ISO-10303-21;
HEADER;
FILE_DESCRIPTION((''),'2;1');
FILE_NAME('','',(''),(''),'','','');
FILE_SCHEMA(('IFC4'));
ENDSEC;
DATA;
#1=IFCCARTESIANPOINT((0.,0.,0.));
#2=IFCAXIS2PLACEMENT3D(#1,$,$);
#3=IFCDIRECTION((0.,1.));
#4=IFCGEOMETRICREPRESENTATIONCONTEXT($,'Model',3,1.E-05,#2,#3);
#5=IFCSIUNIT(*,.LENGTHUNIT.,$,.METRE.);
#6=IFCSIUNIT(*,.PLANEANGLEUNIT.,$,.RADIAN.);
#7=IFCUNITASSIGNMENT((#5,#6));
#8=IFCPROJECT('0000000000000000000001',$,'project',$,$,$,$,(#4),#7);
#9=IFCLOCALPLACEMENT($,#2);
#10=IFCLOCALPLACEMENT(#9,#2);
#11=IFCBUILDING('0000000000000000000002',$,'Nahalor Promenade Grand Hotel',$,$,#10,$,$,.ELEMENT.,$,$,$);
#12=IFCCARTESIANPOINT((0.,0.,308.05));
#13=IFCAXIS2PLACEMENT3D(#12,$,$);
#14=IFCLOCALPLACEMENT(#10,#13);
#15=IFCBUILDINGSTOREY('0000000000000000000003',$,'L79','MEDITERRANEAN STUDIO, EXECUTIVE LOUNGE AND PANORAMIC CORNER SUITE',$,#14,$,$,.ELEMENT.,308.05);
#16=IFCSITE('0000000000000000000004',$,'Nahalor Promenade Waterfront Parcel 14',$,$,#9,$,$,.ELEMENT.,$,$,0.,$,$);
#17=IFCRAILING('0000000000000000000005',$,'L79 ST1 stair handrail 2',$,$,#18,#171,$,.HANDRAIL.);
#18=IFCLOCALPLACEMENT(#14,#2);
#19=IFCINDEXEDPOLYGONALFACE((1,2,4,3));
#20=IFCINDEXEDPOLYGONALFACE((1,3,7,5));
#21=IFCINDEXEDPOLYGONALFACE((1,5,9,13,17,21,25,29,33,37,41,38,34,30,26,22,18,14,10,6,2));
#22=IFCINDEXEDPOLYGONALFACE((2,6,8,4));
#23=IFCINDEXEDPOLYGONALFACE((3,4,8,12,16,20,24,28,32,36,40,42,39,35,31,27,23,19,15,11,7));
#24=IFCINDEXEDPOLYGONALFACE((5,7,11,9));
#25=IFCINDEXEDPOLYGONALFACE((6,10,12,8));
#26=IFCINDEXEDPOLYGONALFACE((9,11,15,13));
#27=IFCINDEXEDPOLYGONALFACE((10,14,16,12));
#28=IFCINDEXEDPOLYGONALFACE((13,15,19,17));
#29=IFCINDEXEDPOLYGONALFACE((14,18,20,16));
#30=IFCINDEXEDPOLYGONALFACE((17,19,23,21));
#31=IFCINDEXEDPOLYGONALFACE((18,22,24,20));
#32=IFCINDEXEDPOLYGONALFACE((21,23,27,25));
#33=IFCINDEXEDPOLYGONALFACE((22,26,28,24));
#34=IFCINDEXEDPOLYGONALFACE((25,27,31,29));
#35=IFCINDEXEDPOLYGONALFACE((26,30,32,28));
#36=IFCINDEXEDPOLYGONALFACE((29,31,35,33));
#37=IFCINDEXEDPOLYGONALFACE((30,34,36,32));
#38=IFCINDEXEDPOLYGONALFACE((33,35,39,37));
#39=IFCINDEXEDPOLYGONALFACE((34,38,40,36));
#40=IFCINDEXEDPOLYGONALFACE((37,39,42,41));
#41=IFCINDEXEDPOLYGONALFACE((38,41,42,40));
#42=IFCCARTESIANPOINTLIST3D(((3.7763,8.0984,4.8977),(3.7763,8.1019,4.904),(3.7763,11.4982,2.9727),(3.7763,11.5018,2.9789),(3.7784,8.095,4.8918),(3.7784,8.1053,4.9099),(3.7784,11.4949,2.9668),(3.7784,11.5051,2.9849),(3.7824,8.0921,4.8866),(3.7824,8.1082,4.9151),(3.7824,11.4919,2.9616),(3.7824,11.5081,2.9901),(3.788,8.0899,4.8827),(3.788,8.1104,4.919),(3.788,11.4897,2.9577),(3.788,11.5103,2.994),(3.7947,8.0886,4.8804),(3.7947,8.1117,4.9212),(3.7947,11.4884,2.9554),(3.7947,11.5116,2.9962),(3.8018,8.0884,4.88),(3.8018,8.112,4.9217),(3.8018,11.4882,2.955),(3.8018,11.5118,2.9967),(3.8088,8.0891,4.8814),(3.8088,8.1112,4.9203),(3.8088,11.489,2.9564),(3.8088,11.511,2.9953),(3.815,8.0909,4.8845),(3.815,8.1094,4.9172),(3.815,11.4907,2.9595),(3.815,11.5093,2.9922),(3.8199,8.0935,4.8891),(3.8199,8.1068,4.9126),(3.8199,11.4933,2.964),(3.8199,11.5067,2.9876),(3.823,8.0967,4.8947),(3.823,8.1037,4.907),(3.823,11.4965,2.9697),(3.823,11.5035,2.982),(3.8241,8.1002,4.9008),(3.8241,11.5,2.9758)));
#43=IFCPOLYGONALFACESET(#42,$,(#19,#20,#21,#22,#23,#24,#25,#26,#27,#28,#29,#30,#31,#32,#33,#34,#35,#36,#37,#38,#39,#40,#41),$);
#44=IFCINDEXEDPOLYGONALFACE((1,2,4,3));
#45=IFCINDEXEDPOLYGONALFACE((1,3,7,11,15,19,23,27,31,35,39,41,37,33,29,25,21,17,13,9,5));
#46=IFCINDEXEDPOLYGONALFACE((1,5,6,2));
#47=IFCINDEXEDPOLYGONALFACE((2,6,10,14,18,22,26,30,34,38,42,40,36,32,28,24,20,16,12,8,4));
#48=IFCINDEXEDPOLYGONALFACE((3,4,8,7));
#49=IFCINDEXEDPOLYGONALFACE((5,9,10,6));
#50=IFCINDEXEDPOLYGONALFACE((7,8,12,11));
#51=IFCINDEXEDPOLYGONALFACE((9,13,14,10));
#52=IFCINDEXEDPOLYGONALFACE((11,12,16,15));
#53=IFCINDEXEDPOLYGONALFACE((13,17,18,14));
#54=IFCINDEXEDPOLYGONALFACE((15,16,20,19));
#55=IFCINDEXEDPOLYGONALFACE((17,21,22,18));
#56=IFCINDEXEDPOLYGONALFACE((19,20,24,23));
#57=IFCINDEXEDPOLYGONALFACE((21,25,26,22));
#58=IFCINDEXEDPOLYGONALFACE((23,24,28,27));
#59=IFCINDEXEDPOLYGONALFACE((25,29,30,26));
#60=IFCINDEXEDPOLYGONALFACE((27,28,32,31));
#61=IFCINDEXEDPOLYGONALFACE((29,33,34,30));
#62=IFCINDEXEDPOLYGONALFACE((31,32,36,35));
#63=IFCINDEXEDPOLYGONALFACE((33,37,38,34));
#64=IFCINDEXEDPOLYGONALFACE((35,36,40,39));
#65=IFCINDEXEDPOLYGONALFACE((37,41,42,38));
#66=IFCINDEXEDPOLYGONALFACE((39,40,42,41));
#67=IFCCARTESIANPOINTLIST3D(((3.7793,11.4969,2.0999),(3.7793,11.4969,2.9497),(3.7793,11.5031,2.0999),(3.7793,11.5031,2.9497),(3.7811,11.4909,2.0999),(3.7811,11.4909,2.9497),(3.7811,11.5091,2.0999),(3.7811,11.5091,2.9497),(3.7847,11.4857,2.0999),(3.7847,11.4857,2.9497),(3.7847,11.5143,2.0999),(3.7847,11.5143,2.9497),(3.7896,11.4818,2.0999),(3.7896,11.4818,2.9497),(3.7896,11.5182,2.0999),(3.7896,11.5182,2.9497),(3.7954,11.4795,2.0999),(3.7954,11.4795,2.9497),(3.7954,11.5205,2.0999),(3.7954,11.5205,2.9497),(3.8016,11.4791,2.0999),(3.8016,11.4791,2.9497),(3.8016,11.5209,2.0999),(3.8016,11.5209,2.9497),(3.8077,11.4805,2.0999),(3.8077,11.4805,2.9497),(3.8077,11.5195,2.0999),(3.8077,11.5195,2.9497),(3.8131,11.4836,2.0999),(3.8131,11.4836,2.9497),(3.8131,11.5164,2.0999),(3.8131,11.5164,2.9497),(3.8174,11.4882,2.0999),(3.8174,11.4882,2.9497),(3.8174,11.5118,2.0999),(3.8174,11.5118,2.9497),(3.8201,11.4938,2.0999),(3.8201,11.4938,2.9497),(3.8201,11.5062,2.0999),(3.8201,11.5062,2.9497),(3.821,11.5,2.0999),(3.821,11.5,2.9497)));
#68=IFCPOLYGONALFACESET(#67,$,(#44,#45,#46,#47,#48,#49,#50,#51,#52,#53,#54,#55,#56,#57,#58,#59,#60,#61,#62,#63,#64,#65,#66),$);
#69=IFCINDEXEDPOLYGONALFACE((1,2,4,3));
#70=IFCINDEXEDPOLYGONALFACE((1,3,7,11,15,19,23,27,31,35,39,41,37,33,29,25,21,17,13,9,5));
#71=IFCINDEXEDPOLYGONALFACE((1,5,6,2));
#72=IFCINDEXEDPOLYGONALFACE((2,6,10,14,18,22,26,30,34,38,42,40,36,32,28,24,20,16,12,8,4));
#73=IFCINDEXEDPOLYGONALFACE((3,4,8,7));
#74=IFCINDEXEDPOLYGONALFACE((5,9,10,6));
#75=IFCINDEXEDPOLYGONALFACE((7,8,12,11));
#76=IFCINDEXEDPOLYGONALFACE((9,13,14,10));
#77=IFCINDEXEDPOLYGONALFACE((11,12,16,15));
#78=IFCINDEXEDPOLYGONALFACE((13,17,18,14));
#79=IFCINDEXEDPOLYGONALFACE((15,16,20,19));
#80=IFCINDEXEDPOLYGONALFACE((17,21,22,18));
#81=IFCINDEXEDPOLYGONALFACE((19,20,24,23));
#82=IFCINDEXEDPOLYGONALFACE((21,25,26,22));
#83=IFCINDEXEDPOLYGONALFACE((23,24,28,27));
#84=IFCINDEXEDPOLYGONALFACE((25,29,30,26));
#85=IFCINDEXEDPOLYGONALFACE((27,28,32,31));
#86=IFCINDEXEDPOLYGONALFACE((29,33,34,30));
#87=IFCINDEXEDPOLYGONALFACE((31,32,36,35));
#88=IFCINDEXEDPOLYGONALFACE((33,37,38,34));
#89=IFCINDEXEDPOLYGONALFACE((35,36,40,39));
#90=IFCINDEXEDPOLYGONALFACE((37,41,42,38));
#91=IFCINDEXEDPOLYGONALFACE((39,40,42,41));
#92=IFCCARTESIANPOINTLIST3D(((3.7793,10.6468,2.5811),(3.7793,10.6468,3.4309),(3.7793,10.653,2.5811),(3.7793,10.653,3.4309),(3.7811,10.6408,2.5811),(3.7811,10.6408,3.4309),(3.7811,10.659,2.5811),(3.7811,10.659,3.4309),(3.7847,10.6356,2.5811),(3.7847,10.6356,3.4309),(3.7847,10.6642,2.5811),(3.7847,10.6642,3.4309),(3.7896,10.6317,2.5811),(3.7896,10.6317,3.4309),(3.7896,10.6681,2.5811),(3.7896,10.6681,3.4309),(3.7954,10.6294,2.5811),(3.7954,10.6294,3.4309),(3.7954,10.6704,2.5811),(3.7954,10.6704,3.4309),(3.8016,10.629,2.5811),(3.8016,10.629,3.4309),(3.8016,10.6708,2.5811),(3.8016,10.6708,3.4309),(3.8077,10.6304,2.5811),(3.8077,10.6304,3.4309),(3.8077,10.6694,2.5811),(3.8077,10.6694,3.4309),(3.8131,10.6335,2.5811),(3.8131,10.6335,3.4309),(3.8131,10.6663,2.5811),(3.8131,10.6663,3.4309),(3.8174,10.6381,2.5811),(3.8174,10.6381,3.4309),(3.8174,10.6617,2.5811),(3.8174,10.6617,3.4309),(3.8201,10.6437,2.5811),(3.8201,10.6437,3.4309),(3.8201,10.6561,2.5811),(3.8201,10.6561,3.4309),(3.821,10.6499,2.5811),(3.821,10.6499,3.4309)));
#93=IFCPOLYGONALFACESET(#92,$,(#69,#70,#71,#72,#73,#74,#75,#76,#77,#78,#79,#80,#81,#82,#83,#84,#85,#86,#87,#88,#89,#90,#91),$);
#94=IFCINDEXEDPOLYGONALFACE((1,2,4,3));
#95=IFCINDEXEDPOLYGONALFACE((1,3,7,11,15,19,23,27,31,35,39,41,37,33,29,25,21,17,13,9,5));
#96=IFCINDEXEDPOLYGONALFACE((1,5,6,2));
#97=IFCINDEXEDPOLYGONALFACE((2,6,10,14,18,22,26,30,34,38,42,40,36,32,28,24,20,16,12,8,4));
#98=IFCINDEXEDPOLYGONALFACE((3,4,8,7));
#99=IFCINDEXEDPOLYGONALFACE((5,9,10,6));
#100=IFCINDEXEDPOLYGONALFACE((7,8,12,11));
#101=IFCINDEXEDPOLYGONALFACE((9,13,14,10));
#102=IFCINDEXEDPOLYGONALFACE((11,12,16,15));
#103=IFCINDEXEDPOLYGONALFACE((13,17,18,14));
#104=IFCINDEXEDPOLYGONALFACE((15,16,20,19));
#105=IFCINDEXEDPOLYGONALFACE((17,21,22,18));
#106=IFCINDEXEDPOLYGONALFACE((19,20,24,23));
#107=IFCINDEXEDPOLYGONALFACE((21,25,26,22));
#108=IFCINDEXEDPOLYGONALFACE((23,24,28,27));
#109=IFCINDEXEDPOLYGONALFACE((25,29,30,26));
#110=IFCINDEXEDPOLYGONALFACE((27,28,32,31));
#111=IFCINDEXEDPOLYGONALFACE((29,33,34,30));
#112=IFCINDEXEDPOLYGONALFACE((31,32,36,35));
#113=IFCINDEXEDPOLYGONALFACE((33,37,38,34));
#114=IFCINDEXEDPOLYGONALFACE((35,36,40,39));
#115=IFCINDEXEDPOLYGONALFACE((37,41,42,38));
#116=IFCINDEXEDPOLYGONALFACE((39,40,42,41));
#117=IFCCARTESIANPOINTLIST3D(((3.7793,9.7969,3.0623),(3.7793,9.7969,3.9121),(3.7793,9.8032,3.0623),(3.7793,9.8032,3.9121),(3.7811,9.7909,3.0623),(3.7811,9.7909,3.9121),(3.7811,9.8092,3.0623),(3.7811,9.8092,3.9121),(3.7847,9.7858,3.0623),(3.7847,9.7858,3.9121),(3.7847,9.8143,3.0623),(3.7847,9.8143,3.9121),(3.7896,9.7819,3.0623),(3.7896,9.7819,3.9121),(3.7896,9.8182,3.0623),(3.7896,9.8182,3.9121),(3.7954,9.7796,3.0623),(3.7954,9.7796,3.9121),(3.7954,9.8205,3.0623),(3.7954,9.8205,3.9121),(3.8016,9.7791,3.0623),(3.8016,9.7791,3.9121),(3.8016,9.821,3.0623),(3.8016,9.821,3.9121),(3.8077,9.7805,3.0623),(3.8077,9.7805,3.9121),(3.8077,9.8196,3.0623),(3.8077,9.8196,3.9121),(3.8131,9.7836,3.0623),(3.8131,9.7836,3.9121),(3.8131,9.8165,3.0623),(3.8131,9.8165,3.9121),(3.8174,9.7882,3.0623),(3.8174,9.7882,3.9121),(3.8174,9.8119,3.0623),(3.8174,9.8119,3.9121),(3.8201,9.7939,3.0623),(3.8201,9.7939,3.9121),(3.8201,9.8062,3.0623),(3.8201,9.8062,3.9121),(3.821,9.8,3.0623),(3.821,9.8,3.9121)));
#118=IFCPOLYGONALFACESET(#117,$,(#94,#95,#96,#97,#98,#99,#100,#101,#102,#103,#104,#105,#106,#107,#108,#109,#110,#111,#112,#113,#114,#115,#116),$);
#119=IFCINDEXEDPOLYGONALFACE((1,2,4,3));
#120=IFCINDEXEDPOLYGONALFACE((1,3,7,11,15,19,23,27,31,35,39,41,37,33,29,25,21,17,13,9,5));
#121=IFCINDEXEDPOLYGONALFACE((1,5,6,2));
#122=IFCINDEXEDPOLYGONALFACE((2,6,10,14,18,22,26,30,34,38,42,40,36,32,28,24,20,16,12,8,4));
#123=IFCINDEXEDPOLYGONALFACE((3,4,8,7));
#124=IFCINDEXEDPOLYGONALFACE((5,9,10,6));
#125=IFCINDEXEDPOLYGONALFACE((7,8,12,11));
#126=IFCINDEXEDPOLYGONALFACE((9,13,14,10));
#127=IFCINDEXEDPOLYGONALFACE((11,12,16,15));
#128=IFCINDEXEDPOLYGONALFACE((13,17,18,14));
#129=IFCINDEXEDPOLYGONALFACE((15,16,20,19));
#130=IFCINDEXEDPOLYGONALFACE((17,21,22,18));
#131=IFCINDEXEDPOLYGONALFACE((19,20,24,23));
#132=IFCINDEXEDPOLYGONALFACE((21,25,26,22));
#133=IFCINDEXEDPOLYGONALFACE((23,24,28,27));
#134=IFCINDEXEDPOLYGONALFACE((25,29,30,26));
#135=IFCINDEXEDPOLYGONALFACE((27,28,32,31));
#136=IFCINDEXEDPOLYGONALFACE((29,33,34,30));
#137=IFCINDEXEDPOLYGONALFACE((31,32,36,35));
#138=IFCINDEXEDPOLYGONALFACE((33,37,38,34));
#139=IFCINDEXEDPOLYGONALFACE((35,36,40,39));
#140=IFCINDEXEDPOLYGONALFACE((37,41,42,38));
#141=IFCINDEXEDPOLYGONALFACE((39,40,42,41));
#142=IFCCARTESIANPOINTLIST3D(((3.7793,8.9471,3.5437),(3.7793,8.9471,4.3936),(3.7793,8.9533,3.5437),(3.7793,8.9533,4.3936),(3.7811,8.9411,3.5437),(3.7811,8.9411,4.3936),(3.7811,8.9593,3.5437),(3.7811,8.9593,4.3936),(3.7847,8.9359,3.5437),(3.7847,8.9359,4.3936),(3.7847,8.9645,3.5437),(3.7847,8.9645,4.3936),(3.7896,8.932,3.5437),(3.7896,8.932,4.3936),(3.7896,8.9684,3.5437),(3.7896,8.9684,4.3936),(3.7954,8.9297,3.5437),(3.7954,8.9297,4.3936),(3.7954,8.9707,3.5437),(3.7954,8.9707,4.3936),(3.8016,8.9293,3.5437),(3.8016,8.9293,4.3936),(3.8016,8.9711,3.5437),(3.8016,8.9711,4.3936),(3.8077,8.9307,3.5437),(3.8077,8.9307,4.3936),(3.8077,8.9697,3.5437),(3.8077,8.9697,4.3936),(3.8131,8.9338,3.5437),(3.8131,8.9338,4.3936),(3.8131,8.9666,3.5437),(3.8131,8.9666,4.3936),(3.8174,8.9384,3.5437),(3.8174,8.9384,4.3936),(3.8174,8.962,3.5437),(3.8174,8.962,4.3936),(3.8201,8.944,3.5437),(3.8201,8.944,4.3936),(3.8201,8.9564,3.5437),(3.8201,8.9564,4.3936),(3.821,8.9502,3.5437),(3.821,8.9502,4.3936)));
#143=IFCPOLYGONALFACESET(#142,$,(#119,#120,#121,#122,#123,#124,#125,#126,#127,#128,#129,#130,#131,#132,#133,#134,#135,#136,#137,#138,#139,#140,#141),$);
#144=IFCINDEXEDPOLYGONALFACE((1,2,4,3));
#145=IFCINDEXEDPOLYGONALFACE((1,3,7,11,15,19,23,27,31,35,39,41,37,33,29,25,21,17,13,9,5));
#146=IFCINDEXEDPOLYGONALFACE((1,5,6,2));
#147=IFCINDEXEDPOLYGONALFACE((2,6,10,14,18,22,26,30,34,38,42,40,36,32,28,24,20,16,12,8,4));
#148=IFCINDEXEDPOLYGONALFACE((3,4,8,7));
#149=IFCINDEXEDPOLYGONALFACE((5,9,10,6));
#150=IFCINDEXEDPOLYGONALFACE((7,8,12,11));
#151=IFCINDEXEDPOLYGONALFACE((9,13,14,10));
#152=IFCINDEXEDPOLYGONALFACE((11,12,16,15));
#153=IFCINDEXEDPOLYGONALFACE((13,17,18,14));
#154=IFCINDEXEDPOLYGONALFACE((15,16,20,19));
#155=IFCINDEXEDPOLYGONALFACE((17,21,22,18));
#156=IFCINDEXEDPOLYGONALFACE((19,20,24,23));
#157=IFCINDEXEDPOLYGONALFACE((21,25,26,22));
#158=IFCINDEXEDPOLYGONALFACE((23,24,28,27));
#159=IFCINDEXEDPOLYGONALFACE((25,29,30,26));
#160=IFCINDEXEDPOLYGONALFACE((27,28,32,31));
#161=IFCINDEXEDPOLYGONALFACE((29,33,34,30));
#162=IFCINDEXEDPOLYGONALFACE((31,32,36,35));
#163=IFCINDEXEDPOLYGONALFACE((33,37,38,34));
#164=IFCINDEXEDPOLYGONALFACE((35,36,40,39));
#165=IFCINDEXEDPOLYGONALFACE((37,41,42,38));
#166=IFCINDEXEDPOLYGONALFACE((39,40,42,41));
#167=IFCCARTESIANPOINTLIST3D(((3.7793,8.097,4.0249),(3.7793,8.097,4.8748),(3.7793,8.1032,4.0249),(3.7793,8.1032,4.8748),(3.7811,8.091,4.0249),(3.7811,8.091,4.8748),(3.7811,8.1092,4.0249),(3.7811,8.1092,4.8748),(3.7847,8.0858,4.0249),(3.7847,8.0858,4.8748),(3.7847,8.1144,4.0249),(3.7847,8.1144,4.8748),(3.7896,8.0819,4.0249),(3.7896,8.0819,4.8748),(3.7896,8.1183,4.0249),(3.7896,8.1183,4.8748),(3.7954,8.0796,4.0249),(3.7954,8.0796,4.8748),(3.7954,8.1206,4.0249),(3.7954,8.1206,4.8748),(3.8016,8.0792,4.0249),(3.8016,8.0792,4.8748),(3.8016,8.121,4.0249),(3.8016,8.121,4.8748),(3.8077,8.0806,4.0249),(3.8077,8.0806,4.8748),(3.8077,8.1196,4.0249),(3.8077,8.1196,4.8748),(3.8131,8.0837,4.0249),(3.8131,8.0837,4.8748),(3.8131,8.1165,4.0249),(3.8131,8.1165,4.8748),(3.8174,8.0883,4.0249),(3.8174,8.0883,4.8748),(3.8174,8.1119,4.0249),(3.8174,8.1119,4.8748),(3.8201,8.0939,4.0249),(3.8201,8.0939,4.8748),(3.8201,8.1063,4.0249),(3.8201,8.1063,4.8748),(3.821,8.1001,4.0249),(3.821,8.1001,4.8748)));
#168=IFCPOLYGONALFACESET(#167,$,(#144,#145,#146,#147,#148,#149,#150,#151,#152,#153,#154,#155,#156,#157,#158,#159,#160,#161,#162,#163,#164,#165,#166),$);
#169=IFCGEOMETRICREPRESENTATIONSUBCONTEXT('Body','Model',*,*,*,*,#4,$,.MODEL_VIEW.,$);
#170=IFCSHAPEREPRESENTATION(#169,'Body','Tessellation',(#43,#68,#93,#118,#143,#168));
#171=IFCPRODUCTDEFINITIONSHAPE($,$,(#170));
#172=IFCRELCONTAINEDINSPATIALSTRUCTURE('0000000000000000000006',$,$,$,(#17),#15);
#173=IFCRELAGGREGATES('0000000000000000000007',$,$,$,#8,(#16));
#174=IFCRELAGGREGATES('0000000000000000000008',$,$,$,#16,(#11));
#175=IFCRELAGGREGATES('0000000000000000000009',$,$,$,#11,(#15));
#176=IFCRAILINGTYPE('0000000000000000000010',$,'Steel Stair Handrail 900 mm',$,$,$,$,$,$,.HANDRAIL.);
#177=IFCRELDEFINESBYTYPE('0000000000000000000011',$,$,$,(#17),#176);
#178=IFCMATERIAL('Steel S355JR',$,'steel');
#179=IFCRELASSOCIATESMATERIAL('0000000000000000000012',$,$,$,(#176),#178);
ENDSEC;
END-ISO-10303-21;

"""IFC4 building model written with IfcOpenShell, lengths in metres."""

from ifc_helpers import new_model, si_unit, direction, frame, origin, origin_2d, place, context, subcontext, project, spatial, circle, extrude, material, type_object, element, save


model = new_model("IFC4")

# Units and contexts
model_context = context("Model", 3, precision=1e-05, world=origin(), true_north=direction((0.0, 1.0)))
body_context = subcontext(model_context, "Body", "Model", "MODEL_VIEW")
ifc_project = project(units=[si_unit("LENGTHUNIT", "METRE"), si_unit("PLANEANGLEUNIT", "RADIAN")], contexts=[model_context])

# Site, building, storey
site_placement = place(None, origin())
site = spatial("IfcSite", under=ifc_project, at=site_placement, Name="Nahalor Promenade Waterfront Parcel 14", CompositionType="ELEMENT", RefElevation=0.0)
building_placement = place(site_placement, origin())
building = spatial("IfcBuilding", under=site, at=building_placement, Name="Nahalor Promenade Grand Hotel", CompositionType="ELEMENT")
storey_placement = place(building_placement, frame((0.0, 0.0, 308.05)))
storey = spatial("IfcBuildingStorey", under=building, at=storey_placement, Name="L79", Description="MEDITERRANEAN STUDIO, EXECUTIVE LOUNGE AND PANORAMIC CORNER SUITE", CompositionType="ELEMENT", Elevation=308.05)

# Shared definitions
ifc_material_1 = material(Name="Steel S355JR", Category="steel")

# Railing
railing_type_1 = type_object("IfcRailingType", Name="Steel Stair Handrail 900 mm", PredefinedType="HANDRAIL", material=ifc_material_1)
railing_1_placement = place(storey_placement, frame((3.8, 11.5, 2.0999)))
element("IfcRailing", 1, at=railing_1_placement, inside=storey, type_object=railing_type_1, Name="L79 ST1 stair handrail 2", PredefinedType="HANDRAIL", context=body_context, shape_type="SweptSolid", body=[
    extrude(circle(Radius=0.024, at=origin_2d()), frame((0.0, 0.0, 0.876), z_axis=(0.0, -0.870194, 0.49271), x_axis=(1.0, 0.0, 0.0)), (0.0, 0.0, 1.0), 3.907),
    extrude(circle(Radius=0.021, at=origin_2d()), origin(), (0.0, 0.0, 1.0), 0.8499),
    extrude(circle(Radius=0.021, at=origin_2d()), frame((0.0, -0.8501, 0.4812)), (0.0, 0.0, 1.0), 0.8499),
    extrude(circle(Radius=0.021, at=origin_2d()), frame((0.0, -1.7, 0.9624)), (0.0, 0.0, 1.0), 0.8499),
    extrude(circle(Radius=0.021, at=origin_2d()), frame((0.0, -2.5498, 1.4438)), (0.0, 0.0, 1.0), 0.8499),
    extrude(circle(Radius=0.021, at=origin_2d()), frame((0.0, -3.3999, 1.925)), (0.0, 0.0, 1.0), 0.8499),
])

save(model, "model.ifc")
